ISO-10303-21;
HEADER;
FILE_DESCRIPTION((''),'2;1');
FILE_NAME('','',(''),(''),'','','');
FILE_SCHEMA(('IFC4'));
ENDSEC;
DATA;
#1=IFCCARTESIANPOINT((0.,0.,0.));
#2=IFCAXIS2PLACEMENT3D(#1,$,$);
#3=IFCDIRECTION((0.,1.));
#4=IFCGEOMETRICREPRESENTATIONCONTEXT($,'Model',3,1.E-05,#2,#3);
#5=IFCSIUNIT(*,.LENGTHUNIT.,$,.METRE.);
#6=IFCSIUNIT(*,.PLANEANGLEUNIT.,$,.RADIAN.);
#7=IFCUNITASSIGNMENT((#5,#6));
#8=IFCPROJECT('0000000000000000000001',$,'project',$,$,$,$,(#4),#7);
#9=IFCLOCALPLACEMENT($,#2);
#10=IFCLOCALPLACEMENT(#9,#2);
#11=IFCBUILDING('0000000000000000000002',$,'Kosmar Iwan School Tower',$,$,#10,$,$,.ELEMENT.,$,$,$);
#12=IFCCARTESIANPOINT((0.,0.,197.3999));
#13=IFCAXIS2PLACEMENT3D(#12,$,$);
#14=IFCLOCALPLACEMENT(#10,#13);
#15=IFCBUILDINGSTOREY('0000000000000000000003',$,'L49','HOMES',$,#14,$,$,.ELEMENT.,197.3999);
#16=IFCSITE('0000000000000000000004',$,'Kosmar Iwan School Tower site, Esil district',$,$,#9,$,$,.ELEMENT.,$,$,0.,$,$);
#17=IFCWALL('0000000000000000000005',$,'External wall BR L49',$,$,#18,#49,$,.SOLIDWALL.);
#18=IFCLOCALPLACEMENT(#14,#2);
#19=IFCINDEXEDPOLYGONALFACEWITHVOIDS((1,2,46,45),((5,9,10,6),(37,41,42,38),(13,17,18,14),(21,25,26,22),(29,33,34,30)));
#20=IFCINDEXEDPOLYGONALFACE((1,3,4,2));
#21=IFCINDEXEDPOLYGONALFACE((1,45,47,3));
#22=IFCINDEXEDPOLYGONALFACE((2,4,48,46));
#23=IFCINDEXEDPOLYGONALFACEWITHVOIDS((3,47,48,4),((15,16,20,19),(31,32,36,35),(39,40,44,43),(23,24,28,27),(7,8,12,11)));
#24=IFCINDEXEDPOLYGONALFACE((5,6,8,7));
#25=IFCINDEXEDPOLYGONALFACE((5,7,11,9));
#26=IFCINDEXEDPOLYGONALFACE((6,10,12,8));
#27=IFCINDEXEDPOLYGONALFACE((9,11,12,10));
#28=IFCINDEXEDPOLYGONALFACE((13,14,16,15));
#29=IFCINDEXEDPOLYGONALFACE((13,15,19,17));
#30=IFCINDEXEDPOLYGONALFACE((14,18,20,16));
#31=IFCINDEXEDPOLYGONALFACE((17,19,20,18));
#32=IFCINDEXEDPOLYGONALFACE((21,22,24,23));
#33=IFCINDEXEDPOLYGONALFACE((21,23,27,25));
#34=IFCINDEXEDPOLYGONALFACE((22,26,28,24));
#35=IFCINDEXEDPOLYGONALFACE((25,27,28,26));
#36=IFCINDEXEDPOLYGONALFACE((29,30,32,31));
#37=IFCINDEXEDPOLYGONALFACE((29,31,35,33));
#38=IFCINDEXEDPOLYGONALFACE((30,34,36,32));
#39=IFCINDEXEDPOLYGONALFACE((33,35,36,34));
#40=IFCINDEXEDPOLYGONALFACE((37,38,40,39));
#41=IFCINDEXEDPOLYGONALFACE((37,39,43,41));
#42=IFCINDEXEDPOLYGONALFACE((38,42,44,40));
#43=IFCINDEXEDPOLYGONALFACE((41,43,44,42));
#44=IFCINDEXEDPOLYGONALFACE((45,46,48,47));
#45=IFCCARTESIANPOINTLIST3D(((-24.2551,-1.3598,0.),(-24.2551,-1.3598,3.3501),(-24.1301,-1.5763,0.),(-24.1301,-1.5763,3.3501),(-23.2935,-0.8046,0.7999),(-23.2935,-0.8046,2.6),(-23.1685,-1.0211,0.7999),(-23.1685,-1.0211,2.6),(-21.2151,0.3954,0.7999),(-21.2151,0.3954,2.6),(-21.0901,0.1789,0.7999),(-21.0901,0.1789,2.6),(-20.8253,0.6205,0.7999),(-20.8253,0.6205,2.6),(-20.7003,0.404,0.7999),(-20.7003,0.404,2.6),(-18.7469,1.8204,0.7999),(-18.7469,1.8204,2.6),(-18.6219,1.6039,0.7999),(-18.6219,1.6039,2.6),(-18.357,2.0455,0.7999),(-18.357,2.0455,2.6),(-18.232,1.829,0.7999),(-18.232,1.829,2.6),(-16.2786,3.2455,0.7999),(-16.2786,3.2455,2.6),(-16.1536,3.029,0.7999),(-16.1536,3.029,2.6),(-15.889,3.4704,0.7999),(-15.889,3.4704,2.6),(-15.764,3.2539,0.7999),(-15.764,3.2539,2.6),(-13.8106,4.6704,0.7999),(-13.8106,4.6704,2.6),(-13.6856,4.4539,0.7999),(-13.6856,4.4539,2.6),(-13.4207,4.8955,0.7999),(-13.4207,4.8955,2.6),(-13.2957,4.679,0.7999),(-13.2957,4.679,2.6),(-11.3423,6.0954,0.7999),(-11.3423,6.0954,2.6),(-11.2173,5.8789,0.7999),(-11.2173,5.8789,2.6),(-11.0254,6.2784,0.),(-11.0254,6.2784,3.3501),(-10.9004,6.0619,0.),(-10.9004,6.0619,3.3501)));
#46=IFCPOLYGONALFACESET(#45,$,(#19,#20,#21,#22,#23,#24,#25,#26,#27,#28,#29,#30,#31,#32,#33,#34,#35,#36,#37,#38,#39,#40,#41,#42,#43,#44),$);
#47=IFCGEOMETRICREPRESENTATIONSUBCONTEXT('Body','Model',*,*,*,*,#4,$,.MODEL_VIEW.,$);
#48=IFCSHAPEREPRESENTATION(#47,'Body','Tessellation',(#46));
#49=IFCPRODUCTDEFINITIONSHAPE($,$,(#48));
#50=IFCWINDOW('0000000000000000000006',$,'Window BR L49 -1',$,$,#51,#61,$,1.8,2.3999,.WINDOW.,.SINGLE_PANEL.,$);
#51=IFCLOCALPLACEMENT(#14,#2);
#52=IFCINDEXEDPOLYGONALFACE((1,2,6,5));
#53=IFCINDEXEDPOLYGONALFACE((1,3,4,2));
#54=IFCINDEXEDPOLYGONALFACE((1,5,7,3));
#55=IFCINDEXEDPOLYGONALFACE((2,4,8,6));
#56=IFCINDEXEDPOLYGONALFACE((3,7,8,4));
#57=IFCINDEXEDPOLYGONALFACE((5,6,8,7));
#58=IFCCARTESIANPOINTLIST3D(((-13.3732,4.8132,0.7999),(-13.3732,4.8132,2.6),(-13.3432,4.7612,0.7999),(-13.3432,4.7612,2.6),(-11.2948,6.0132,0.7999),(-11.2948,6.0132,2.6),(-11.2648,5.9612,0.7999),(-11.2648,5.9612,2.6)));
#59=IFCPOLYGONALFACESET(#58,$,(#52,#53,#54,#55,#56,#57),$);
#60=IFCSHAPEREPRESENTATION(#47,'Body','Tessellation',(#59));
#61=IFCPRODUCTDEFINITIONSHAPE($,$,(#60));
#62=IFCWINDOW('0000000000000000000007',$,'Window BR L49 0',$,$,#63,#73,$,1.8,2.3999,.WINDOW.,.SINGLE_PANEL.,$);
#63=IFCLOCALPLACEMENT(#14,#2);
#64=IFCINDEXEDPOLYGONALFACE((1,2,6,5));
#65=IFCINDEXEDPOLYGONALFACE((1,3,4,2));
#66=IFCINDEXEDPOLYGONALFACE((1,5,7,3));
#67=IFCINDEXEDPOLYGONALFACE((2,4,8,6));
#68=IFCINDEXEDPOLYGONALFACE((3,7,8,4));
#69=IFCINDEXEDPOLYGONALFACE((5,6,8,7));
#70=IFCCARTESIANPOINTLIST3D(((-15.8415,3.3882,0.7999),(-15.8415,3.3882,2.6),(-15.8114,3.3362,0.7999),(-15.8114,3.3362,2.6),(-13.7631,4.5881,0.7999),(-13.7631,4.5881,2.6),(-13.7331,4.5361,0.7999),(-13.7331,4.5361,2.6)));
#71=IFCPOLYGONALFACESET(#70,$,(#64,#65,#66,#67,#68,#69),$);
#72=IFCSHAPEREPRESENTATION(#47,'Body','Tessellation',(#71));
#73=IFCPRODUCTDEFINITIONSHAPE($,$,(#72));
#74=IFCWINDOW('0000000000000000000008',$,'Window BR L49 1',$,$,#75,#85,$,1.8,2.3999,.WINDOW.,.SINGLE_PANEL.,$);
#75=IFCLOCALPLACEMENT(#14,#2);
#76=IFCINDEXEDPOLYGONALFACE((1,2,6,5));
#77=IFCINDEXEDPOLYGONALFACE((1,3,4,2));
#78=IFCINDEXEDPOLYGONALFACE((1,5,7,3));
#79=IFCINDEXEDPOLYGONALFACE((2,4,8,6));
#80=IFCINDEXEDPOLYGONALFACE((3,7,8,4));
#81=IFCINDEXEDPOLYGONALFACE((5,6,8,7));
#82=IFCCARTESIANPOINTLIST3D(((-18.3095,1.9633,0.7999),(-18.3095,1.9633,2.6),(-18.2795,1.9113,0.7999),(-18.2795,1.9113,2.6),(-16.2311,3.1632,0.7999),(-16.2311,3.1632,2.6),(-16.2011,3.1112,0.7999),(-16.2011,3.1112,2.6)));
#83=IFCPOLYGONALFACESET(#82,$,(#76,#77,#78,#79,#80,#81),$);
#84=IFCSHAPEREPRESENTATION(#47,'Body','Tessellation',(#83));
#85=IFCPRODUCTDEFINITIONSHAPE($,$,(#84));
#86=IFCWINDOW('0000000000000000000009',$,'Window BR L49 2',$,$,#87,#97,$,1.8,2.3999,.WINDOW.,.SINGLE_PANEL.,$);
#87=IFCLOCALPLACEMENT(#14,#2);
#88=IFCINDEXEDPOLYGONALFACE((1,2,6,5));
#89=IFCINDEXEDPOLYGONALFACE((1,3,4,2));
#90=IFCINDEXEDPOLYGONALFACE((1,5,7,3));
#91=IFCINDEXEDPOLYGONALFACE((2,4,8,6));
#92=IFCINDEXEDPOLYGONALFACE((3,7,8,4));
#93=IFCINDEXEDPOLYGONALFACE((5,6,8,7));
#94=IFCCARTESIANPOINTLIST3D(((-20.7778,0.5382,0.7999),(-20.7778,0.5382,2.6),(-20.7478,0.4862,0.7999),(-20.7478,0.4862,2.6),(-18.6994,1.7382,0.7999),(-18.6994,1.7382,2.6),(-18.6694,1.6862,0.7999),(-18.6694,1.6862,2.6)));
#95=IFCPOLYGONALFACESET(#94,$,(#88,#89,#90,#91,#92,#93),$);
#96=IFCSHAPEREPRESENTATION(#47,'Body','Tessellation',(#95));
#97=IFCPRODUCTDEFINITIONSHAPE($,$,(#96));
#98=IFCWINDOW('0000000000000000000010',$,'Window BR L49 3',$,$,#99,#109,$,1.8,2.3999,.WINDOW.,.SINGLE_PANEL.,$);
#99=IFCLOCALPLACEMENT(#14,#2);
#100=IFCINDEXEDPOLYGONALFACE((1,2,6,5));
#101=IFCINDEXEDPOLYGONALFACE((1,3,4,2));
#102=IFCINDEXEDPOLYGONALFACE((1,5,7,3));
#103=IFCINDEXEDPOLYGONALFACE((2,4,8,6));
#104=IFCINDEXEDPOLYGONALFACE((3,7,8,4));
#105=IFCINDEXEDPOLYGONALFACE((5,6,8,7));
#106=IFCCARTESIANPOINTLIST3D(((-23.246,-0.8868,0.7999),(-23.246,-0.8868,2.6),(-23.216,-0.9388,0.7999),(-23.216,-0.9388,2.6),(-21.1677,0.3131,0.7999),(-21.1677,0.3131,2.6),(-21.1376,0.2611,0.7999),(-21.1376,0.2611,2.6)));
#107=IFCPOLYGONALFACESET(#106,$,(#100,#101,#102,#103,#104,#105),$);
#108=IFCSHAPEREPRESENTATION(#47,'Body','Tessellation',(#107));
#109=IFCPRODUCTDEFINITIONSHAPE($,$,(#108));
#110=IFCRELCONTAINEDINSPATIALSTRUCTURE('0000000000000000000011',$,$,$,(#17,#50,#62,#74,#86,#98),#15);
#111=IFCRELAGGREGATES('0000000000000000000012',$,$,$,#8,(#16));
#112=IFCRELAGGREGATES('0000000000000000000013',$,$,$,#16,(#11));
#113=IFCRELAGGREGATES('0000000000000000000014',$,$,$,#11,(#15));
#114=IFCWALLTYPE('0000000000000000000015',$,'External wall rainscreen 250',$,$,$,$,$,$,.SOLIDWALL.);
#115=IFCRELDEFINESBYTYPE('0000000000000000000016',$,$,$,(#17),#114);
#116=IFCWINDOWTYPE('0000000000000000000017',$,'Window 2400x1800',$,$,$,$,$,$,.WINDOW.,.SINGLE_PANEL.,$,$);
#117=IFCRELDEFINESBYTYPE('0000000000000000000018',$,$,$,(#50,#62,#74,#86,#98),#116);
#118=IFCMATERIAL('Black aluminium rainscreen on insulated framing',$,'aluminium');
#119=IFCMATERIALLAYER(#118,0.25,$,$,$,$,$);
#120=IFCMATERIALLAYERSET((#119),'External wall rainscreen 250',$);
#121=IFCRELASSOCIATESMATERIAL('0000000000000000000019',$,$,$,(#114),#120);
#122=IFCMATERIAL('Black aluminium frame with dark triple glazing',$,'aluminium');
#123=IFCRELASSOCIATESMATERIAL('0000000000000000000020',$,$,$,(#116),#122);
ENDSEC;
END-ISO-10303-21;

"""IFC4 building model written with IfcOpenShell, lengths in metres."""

from ifc_helpers import new_model, si_unit, direction, frame, frame_2d, origin, place, context, subcontext, project, spatial, rectangle, extrude, material, layer, layer_set, type_object, element, fill, save


model = new_model("IFC4")

# Units and contexts
model_context = context("Model", 3, precision=1e-05, world=origin(), true_north=direction((0.0, 1.0)))
body_context = subcontext(model_context, "Body", "Model", "MODEL_VIEW")
ifc_project = project(units=[si_unit("LENGTHUNIT", "METRE"), si_unit("PLANEANGLEUNIT", "RADIAN")], contexts=[model_context])

# Site, building, storey
site_placement = place(None, origin())
site = spatial("IfcSite", under=ifc_project, at=site_placement, Name="Kosmar Iwan School Tower site, Esil district", CompositionType="ELEMENT", RefElevation=0.0)
building_placement = place(site_placement, origin())
building = spatial("IfcBuilding", under=site, at=building_placement, Name="Kosmar Iwan School Tower", CompositionType="ELEMENT")
storey_placement = place(building_placement, frame((0.0, 0.0, 197.3999)))
storey = spatial("IfcBuildingStorey", under=building, at=storey_placement, Name="L49", Description="HOMES", CompositionType="ELEMENT", Elevation=197.3999)

# Wall, openings, windows
ifc_material_1 = material(Name="Black aluminium rainscreen on insulated framing", Category="aluminium")
ifc_layer_1 = layer(ifc_material_1, 0.25)
ifc_layer_set_1 = layer_set([ifc_layer_1], Name="External wall rainscreen 250")
wall_type_1 = type_object("IfcWallType", Name="External wall rainscreen 250", PredefinedType="SOLIDWALL", material=ifc_layer_set_1)
ifc_material_2 = material(Name="Black aluminium frame with dark triple glazing", Category="aluminium")
window_type = type_object("IfcWindowType", Name="Window 2400x1800", PartitioningType="SINGLE_PANEL", PredefinedType="WINDOW", material=ifc_material_2)
wall_1_placement = place(storey_placement, frame((-10.9629, 6.1702, 0.0), z_axis=(0.0, 0.0, 1.0), x_axis=(-0.866026, -0.5, 0.0)))
wall_1 = element("IfcWall", 1, at=wall_1_placement, inside=storey, type_object=wall_type_1, Name="External wall BR L49", PredefinedType="SOLIDWALL", context=body_context, shape_type="SweptSolid", body=[
    extrude(rectangle(XDim=15.2764, YDim=0.25, at=frame_2d((7.6382, 0.0))), origin(), (0.0, 0.0, 1.0), 3.3501),
])
opening_1_placement = place(wall_1_placement, frame((0.366, 0.0, 0.8)))
opening_1 = element("IfcOpeningElement", 2, at=opening_1_placement, cuts=wall_1, PredefinedType="OPENING", context=body_context, shape_type="SweptSolid", body=[
    extrude(rectangle(XDim=2.3999, YDim=1.8, at=frame_2d((1.2, 0.8999))), frame((0.0, 0.137, 0.0), z_axis=(0.0, -1.0, 0.0), x_axis=(1.0, 0.0, 0.0)), (0.0, 0.0, 1.0), 0.2739),
])
opening_2_placement = place(wall_1_placement, frame((3.2161, 0.0, 0.8)))
opening_2 = element("IfcOpeningElement", 3, at=opening_2_placement, cuts=wall_1, PredefinedType="OPENING", context=body_context, shape_type="SweptSolid", body=[
    extrude(rectangle(XDim=2.3999, YDim=1.8, at=frame_2d((1.2, 0.8999))), frame((0.0, 0.137, 0.0), z_axis=(0.0, -1.0, 0.0), x_axis=(1.0, 0.0, 0.0)), (0.0, 0.0, 1.0), 0.2739),
])
opening_3_placement = place(wall_1_placement, frame((6.0659, 0.0, 0.8)))
opening_3 = element("IfcOpeningElement", 4, at=opening_3_placement, cuts=wall_1, PredefinedType="OPENING", context=body_context, shape_type="SweptSolid", body=[
    extrude(rectangle(XDim=2.3999, YDim=1.8, at=frame_2d((1.2, 0.8999))), frame((0.0, 0.137, 0.0), z_axis=(0.0, -1.0, 0.0), x_axis=(1.0, 0.0, 0.0)), (0.0, 0.0, 1.0), 0.2739),
])
opening_4_placement = place(wall_1_placement, frame((8.916, 0.0, 0.8)))
opening_4 = element("IfcOpeningElement", 5, at=opening_4_placement, cuts=wall_1, PredefinedType="OPENING", context=body_context, shape_type="SweptSolid", body=[
    extrude(rectangle(XDim=2.3999, YDim=1.8, at=frame_2d((1.2, 0.8999))), frame((0.0, 0.137, 0.0), z_axis=(0.0, -1.0, 0.0), x_axis=(1.0, 0.0, 0.0)), (0.0, 0.0, 1.0), 0.2739),
])
opening_5_placement = place(wall_1_placement, frame((11.7661, 0.0, 0.8)))
opening_5 = element("IfcOpeningElement", 6, at=opening_5_placement, cuts=wall_1, PredefinedType="OPENING", context=body_context, shape_type="SweptSolid", body=[
    extrude(rectangle(XDim=2.3999, YDim=1.8, at=frame_2d((1.2, 0.8999))), frame((0.0, 0.137, 0.0), z_axis=(0.0, -1.0, 0.0), x_axis=(1.0, 0.0, 0.0)), (0.0, 0.0, 1.0), 0.2739),
])
window_1_placement = place(opening_1_placement, origin())
window_1 = element("IfcWindow", 7, at=window_1_placement, inside=storey, type_object=window_type, Name="Window BR L49 -1", OverallHeight=1.8, OverallWidth=2.3999, PartitioningType="SINGLE_PANEL", PredefinedType="WINDOW", context=body_context, shape_type="SweptSolid", body=[
    extrude(rectangle(XDim=2.3999, YDim=1.8, at=frame_2d((1.2, 0.8999))), frame((0.0, 0.03, 0.0), z_axis=(0.0, -1.0, 0.0), x_axis=(1.0, 0.0, 0.0)), (0.0, 0.0, 1.0), 0.0601),
])
fill(opening_1, window_1)
window_2_placement = place(opening_2_placement, origin())
window_2 = element("IfcWindow", 8, at=window_2_placement, inside=storey, type_object=window_type, Name="Window BR L49 0", OverallHeight=1.8, OverallWidth=2.3999, PartitioningType="SINGLE_PANEL", PredefinedType="WINDOW", context=body_context, shape_type="SweptSolid", body=[
    extrude(rectangle(XDim=2.3999, YDim=1.8, at=frame_2d((1.2, 0.8999))), frame((0.0, 0.03, 0.0), z_axis=(0.0, -1.0, 0.0), x_axis=(1.0, 0.0, 0.0)), (0.0, 0.0, 1.0), 0.0601),
])
fill(opening_2, window_2)
window_3_placement = place(opening_3_placement, origin())
window_3 = element("IfcWindow", 9, at=window_3_placement, inside=storey, type_object=window_type, Name="Window BR L49 1", OverallHeight=1.8, OverallWidth=2.3999, PartitioningType="SINGLE_PANEL", PredefinedType="WINDOW", context=body_context, shape_type="SweptSolid", body=[
    extrude(rectangle(XDim=2.3999, YDim=1.8, at=frame_2d((1.2, 0.8999))), frame((0.0, 0.03, 0.0), z_axis=(0.0, -1.0, 0.0), x_axis=(1.0, 0.0, 0.0)), (0.0, 0.0, 1.0), 0.0601),
])
fill(opening_3, window_3)
window_4_placement = place(opening_4_placement, origin())
window_4 = element("IfcWindow", 10, at=window_4_placement, inside=storey, type_object=window_type, Name="Window BR L49 2", OverallHeight=1.8, OverallWidth=2.3999, PartitioningType="SINGLE_PANEL", PredefinedType="WINDOW", context=body_context, shape_type="SweptSolid", body=[
    extrude(rectangle(XDim=2.3999, YDim=1.8, at=frame_2d((1.2, 0.8999))), frame((0.0, 0.03, 0.0), z_axis=(0.0, -1.0, 0.0), x_axis=(1.0, 0.0, 0.0)), (0.0, 0.0, 1.0), 0.0601),
])
fill(opening_4, window_4)
window_5_placement = place(opening_5_placement, origin())
window_5 = element("IfcWindow", 11, at=window_5_placement, inside=storey, type_object=window_type, Name="Window BR L49 3", OverallHeight=1.8, OverallWidth=2.3999, PartitioningType="SINGLE_PANEL", PredefinedType="WINDOW", context=body_context, shape_type="SweptSolid", body=[
    extrude(rectangle(XDim=2.3999, YDim=1.8, at=frame_2d((1.2, 0.8999))), frame((0.0, 0.03, 0.0), z_axis=(0.0, -1.0, 0.0), x_axis=(1.0, 0.0, 0.0)), (0.0, 0.0, 1.0), 0.0601),
])
fill(opening_5, window_5)

save(model, "model.ifc")
